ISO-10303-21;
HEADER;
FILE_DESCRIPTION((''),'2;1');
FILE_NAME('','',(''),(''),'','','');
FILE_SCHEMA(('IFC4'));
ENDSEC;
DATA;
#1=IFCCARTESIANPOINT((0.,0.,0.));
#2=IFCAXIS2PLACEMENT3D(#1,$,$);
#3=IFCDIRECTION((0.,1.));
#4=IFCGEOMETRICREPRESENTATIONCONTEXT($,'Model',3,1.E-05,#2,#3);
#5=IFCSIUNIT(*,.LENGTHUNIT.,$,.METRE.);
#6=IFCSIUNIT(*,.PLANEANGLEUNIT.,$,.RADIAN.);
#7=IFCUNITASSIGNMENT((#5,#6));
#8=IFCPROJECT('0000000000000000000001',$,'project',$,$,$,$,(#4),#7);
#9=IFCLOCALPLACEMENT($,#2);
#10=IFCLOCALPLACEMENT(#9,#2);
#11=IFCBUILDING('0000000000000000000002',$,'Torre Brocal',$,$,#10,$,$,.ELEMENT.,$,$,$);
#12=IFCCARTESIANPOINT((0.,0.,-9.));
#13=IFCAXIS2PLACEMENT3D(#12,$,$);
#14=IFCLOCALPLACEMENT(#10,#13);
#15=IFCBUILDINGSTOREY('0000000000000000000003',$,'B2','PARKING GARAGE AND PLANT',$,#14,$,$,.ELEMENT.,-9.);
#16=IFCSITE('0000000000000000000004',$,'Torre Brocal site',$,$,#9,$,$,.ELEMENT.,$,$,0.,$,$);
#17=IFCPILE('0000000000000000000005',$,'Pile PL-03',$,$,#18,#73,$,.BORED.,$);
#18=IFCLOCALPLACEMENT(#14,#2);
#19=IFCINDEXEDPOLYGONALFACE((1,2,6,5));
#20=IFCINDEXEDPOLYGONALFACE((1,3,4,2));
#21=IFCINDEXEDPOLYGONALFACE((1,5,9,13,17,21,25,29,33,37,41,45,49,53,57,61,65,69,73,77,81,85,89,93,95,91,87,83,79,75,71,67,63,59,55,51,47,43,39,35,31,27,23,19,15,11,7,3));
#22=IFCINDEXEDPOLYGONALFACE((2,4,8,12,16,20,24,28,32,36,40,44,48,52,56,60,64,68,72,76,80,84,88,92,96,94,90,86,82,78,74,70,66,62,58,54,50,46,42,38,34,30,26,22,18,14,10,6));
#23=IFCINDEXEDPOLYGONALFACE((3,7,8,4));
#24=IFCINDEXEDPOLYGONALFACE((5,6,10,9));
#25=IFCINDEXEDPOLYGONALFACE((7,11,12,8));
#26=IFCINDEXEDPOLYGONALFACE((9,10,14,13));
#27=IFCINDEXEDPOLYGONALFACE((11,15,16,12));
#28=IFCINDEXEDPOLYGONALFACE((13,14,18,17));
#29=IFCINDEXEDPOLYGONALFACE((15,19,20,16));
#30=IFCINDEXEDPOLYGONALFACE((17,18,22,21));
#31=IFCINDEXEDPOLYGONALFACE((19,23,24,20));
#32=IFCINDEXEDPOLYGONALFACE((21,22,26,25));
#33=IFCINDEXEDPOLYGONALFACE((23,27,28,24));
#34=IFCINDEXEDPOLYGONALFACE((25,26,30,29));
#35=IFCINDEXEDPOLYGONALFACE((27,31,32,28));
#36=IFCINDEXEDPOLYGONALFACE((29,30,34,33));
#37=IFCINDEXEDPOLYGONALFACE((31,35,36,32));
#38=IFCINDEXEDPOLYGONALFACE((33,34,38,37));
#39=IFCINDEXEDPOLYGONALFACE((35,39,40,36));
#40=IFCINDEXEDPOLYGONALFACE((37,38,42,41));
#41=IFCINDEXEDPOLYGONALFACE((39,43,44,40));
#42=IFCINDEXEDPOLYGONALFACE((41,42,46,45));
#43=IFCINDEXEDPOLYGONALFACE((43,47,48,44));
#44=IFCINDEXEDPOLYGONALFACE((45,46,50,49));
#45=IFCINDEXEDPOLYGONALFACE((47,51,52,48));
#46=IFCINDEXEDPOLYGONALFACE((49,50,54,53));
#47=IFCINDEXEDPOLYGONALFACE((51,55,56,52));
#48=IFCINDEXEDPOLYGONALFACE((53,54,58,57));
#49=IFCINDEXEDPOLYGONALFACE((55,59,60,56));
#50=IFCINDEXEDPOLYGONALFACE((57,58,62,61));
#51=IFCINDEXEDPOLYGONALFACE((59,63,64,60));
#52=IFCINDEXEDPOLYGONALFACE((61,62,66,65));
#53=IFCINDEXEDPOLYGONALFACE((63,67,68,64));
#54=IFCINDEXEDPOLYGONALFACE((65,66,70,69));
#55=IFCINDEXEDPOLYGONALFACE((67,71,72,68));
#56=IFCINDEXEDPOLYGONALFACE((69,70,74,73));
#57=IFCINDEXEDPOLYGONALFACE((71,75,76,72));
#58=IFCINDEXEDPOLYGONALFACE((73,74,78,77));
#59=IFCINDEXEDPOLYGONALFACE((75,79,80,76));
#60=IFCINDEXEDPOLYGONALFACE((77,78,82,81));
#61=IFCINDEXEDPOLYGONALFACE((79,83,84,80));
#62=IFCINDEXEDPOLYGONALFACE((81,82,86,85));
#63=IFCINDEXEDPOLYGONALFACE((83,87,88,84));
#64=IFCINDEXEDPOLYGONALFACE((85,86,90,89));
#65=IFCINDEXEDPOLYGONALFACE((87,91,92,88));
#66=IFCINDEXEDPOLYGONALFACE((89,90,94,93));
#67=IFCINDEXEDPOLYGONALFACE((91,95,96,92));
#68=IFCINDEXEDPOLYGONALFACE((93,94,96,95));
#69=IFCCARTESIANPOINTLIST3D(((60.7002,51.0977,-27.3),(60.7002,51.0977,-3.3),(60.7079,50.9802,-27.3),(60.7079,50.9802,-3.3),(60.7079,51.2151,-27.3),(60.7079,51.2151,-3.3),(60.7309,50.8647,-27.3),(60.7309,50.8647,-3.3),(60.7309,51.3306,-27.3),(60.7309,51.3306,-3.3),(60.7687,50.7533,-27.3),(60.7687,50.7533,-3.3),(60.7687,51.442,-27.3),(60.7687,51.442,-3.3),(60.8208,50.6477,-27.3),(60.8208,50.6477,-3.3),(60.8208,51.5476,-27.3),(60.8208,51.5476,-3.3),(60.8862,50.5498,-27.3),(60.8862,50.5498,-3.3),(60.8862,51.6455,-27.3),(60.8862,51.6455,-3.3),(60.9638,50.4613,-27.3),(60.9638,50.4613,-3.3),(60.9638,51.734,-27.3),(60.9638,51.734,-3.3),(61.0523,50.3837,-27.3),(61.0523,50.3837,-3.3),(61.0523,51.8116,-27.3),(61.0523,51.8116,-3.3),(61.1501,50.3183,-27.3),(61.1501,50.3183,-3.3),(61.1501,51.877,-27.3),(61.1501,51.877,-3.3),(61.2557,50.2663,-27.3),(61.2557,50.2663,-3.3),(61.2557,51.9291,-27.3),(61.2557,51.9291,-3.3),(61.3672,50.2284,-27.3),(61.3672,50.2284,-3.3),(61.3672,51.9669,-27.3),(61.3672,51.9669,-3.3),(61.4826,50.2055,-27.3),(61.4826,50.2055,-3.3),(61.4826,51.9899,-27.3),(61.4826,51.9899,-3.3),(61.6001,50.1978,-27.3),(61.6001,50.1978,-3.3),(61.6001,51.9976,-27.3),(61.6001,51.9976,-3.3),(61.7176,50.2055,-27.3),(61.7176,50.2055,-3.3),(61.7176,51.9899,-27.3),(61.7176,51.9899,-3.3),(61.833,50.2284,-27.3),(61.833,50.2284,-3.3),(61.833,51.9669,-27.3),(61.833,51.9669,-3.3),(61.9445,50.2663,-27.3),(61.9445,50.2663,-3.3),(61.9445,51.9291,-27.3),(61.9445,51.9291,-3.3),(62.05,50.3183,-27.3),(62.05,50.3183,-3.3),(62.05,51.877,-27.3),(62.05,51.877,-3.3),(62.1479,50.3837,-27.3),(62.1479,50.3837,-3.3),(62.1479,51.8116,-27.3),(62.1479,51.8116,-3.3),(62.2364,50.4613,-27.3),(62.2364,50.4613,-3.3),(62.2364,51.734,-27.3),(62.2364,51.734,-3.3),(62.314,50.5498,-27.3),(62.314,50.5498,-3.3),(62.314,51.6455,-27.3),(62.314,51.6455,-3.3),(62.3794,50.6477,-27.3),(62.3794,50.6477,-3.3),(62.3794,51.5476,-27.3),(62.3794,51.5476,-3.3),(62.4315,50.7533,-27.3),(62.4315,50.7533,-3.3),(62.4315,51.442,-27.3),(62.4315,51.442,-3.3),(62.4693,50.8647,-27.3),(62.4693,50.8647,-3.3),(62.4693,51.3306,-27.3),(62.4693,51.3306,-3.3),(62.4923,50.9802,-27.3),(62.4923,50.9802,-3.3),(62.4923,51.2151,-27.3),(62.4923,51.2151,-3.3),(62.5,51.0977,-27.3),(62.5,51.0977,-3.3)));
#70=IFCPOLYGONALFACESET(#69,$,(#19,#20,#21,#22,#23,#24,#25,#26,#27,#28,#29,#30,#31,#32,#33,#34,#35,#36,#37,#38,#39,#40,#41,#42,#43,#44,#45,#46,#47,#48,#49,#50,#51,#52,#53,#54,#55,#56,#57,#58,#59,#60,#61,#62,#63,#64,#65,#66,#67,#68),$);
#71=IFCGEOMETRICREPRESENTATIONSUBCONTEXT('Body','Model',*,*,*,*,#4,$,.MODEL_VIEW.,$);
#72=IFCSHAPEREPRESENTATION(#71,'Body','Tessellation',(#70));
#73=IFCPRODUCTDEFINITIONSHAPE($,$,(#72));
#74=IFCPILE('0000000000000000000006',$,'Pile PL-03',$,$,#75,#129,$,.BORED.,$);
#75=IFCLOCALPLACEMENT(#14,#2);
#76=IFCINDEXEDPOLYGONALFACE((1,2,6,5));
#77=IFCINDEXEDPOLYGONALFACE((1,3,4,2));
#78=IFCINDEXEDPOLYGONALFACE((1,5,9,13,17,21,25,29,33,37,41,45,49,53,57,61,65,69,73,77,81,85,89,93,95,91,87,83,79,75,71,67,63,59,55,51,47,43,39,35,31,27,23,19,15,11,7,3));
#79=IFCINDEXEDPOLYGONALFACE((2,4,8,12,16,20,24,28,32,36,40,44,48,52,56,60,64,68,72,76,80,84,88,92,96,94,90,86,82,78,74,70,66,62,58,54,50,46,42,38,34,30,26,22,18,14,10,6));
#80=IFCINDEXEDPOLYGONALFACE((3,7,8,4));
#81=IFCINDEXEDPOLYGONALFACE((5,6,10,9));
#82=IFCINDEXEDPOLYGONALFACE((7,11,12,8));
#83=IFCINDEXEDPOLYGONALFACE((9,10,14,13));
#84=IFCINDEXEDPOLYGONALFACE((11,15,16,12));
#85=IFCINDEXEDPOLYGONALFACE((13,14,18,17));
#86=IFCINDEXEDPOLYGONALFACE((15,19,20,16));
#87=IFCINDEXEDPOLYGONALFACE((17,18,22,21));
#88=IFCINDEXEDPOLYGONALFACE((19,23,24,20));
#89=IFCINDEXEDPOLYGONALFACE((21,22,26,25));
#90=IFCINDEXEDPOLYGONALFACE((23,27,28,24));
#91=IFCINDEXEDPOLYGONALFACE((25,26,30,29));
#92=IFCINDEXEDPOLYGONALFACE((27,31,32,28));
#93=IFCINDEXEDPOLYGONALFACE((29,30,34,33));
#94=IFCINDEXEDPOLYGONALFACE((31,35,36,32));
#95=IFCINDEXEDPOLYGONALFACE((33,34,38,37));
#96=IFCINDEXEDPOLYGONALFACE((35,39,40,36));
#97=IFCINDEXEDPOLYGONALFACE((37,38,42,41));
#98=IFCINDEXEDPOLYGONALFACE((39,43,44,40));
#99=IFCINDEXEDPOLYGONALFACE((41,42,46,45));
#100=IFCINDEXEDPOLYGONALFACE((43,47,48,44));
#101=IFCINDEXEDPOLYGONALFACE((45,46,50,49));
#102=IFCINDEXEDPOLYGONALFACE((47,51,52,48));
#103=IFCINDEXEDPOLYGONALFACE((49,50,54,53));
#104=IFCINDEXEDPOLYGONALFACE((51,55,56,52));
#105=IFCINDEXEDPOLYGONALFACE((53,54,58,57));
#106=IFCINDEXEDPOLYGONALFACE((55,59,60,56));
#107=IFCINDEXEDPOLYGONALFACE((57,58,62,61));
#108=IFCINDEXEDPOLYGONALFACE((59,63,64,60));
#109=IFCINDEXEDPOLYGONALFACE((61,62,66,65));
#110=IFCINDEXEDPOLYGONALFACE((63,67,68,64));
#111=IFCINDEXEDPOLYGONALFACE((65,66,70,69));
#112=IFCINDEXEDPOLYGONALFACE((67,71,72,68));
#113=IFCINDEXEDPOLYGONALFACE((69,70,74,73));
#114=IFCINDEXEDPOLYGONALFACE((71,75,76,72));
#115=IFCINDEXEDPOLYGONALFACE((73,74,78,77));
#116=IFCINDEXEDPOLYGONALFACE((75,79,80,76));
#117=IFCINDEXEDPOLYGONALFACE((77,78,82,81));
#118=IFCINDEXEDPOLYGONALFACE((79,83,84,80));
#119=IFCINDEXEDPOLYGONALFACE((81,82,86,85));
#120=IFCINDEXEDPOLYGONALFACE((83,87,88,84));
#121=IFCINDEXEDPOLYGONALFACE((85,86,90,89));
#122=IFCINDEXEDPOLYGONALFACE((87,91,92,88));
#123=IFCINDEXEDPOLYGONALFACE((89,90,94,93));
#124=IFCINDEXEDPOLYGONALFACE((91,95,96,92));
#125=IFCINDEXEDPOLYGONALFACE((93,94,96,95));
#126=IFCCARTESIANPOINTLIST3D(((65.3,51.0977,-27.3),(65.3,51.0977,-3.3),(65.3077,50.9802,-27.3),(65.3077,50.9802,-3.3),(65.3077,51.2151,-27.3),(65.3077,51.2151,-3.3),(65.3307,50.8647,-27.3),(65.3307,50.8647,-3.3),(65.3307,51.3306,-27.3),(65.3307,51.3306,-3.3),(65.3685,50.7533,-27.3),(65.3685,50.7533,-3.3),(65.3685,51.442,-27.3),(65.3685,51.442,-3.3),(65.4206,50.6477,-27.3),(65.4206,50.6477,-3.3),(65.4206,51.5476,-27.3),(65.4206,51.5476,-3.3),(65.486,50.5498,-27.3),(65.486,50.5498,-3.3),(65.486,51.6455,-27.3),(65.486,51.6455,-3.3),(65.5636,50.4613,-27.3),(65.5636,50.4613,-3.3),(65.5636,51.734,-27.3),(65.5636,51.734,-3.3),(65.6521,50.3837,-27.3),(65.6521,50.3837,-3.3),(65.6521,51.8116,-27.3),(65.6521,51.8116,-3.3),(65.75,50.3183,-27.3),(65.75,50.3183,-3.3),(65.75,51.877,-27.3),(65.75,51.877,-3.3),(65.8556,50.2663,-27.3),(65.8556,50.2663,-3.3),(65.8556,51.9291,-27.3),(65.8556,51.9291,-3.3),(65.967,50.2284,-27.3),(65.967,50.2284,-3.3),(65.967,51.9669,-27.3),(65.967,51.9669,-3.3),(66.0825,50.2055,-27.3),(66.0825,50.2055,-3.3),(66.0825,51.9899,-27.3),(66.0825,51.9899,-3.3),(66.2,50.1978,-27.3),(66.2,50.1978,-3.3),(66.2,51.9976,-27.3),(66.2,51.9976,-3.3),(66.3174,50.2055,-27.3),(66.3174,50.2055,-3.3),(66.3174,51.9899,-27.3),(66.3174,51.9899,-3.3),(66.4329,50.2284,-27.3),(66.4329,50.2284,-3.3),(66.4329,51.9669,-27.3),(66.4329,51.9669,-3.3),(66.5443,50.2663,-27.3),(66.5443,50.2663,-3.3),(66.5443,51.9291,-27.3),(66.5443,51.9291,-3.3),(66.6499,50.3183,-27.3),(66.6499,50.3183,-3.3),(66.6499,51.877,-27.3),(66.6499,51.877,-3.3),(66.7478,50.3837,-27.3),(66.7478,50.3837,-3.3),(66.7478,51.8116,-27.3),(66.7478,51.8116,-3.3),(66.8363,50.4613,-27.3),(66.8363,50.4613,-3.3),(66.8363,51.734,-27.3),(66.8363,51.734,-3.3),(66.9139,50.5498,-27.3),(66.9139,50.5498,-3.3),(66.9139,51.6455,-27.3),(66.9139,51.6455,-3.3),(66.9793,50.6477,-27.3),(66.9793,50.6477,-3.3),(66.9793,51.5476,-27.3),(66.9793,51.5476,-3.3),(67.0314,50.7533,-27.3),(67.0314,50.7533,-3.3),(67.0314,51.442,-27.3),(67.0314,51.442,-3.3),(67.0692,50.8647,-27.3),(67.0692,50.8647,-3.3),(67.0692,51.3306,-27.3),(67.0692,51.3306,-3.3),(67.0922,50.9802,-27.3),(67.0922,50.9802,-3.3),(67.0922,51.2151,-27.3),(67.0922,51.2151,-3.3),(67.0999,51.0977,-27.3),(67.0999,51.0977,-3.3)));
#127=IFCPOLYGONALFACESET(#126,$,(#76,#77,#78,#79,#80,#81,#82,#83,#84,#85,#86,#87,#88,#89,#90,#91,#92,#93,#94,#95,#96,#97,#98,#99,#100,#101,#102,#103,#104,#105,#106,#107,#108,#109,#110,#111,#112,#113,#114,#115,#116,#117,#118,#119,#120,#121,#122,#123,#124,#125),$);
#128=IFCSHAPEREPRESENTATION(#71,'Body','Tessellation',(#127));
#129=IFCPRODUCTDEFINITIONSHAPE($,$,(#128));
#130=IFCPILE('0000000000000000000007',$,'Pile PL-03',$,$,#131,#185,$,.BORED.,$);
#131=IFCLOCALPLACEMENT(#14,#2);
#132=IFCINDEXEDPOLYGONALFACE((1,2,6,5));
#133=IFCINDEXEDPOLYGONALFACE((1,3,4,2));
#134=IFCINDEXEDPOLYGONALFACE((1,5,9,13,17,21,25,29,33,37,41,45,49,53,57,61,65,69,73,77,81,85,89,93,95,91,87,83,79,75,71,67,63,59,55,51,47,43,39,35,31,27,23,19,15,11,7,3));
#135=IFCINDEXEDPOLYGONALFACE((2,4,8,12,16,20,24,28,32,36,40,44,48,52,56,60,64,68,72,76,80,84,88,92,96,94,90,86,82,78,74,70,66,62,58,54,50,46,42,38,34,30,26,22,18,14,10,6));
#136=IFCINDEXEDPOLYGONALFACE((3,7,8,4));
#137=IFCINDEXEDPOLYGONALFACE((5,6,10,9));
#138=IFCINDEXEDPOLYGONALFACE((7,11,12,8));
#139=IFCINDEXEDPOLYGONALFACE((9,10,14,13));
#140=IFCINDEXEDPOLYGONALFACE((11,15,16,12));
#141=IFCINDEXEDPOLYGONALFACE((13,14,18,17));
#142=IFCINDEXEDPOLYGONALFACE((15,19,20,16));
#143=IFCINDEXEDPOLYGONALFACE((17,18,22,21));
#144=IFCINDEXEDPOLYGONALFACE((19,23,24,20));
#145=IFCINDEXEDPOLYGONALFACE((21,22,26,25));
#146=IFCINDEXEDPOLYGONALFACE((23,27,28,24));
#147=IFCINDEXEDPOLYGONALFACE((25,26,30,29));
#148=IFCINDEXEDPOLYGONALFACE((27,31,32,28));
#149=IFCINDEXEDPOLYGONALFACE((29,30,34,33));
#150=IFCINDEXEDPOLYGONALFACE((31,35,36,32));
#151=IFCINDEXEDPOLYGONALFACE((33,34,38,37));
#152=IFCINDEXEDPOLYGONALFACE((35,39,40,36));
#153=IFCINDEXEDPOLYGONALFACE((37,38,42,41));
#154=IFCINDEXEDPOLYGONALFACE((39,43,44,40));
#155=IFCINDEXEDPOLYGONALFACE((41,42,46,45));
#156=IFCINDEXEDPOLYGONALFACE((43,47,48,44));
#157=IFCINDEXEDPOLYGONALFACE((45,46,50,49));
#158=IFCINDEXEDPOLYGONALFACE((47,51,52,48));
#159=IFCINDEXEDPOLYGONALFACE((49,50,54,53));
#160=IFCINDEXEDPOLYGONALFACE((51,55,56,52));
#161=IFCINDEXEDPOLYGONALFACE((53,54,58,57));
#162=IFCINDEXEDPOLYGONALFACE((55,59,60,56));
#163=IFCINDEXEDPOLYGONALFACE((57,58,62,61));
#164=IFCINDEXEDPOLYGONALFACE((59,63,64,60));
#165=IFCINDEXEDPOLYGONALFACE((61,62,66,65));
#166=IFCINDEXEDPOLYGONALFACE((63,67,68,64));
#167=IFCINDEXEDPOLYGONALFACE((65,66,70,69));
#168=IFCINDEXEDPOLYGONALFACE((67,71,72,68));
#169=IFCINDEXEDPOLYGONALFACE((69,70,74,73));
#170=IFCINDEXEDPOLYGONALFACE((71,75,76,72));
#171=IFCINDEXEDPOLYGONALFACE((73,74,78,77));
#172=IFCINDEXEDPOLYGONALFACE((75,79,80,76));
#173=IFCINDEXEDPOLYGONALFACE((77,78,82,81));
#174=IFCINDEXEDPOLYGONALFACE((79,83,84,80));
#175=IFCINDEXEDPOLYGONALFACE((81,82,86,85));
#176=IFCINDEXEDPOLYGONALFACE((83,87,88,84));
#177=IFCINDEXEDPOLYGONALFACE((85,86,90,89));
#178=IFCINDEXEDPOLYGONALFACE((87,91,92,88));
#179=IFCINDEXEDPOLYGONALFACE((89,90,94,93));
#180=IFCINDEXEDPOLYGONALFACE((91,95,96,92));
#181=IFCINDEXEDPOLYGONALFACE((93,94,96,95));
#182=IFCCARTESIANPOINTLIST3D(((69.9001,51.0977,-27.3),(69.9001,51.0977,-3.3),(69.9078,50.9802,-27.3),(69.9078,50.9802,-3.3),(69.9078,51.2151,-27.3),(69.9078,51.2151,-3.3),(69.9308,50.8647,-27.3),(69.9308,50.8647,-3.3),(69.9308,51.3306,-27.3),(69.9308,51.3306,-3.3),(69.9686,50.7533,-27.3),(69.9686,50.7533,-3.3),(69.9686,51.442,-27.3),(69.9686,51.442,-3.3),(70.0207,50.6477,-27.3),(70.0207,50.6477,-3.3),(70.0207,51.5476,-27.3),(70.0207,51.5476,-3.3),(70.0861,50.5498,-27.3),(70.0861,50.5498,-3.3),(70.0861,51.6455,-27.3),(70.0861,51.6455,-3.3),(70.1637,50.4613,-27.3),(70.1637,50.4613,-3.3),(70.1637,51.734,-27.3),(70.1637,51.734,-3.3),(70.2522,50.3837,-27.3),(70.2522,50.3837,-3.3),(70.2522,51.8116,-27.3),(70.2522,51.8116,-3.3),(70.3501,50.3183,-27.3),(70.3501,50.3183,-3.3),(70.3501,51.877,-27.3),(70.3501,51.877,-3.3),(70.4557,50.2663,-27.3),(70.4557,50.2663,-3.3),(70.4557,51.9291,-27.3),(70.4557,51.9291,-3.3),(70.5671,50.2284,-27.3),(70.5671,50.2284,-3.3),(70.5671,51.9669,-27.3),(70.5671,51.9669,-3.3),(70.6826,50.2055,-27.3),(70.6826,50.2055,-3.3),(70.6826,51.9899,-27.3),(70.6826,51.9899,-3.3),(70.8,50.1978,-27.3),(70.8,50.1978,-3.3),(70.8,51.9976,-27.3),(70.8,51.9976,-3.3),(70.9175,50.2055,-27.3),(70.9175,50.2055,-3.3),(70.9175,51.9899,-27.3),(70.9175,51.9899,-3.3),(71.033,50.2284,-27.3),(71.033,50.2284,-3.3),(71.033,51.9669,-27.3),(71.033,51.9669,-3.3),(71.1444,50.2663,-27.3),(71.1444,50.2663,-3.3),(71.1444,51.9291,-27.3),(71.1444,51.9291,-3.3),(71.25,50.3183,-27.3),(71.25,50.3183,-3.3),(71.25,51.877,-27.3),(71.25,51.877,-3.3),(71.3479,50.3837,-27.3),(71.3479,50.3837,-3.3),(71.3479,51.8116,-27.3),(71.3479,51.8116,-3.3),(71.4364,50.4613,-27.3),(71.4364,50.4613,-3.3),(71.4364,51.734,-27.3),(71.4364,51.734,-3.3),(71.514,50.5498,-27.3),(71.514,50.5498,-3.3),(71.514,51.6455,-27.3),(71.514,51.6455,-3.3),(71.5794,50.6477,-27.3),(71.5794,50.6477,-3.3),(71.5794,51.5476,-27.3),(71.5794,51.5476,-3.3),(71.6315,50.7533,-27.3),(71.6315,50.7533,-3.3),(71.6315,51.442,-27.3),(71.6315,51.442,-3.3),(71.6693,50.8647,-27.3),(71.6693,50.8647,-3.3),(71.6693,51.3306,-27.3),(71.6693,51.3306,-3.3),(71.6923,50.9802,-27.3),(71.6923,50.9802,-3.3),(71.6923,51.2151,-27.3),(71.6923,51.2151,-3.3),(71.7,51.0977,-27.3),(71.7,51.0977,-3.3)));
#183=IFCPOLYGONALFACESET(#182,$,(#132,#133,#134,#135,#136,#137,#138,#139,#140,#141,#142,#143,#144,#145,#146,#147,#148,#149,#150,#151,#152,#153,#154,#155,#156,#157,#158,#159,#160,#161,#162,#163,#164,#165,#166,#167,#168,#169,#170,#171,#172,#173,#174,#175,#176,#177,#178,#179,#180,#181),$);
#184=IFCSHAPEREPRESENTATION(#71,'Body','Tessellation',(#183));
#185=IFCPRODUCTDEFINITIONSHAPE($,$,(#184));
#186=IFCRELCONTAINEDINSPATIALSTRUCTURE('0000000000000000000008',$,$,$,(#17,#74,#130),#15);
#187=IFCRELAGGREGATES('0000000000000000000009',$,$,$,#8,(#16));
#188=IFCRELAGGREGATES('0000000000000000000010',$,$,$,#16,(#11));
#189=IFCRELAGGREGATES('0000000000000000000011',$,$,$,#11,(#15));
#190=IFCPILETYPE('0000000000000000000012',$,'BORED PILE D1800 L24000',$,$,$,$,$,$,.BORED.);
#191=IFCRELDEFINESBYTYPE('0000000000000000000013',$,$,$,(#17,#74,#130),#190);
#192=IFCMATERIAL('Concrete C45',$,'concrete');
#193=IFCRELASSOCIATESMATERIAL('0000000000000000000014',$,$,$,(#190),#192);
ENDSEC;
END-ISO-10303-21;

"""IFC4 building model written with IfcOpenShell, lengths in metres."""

from ifc_helpers import new_model, si_unit, direction, frame, origin, origin_2d, place, context, subcontext, project, spatial, circle, extrude, material, material_profile, profile_set, type_object, element, save


model = new_model("IFC4")

# Units and contexts
model_context = context("Model", 3, precision=1e-05, world=origin(), true_north=direction((0.0, 1.0)))
body_context = subcontext(model_context, "Body", "Model", "MODEL_VIEW")
ifc_project = project(units=[si_unit("LENGTHUNIT", "METRE"), si_unit("PLANEANGLEUNIT", "RADIAN")], contexts=[model_context])

# Site, building, storey
site_placement = place(None, origin())
site = spatial("IfcSite", under=ifc_project, at=site_placement, Name="Torre Brocal site", CompositionType="ELEMENT", RefElevation=0.0)
building_placement = place(site_placement, origin())
building = spatial("IfcBuilding", under=site, at=building_placement, Name="Torre Brocal", CompositionType="ELEMENT")
storey_placement = place(building_placement, frame((0.0, 0.0, -9.0)))
storey = spatial("IfcBuildingStorey", under=building, at=storey_placement, Name="B2", Description="PARKING GARAGE AND PLANT", CompositionType="ELEMENT", Elevation=-9.0)

# Piles
ifc_material_1 = material(Name="Concrete C45", Category="concrete")
ifc_material_profile_1 = material_profile(ifc_material_1, circle(Radius=0.8999, at=origin_2d()), Name="BORED PILE D1800")
ifc_profile_set_1 = profile_set([ifc_material_profile_1], Name="Concrete C45")
pile_type_1 = type_object("IfcPileType", Name="BORED PILE D1800 L24000", PredefinedType="BORED", material=ifc_profile_set_1)
for number, where, z_axis, x_axis, name in (
    (1, (61.6001, 51.0977, -3.3), (0.0, 0.0, -1.0), (1.0, 0.0, 0.0), "Pile PL-03"),
    (2, (66.2, 51.0977, -3.3), (0.0, 0.0, -1.0), (1.0, 0.0, 0.0), "Pile PL-03"),
    (3, (70.8, 51.0977, -3.3), (0.0, 0.0, -1.0), (1.0, 0.0, 0.0), "Pile PL-03"),
):
    element("IfcPile", number, at=place(storey_placement, frame(where, z_axis=z_axis, x_axis=x_axis)), inside=storey, type_object=pile_type_1, Name=name, PredefinedType="BORED", context=body_context, shape_type="SweptSolid", body=[
        extrude(circle(Radius=0.8999, at=origin_2d()), origin(), (0.0, 0.0, 1.0), 24.0),
    ])

save(model, "model.ifc")
